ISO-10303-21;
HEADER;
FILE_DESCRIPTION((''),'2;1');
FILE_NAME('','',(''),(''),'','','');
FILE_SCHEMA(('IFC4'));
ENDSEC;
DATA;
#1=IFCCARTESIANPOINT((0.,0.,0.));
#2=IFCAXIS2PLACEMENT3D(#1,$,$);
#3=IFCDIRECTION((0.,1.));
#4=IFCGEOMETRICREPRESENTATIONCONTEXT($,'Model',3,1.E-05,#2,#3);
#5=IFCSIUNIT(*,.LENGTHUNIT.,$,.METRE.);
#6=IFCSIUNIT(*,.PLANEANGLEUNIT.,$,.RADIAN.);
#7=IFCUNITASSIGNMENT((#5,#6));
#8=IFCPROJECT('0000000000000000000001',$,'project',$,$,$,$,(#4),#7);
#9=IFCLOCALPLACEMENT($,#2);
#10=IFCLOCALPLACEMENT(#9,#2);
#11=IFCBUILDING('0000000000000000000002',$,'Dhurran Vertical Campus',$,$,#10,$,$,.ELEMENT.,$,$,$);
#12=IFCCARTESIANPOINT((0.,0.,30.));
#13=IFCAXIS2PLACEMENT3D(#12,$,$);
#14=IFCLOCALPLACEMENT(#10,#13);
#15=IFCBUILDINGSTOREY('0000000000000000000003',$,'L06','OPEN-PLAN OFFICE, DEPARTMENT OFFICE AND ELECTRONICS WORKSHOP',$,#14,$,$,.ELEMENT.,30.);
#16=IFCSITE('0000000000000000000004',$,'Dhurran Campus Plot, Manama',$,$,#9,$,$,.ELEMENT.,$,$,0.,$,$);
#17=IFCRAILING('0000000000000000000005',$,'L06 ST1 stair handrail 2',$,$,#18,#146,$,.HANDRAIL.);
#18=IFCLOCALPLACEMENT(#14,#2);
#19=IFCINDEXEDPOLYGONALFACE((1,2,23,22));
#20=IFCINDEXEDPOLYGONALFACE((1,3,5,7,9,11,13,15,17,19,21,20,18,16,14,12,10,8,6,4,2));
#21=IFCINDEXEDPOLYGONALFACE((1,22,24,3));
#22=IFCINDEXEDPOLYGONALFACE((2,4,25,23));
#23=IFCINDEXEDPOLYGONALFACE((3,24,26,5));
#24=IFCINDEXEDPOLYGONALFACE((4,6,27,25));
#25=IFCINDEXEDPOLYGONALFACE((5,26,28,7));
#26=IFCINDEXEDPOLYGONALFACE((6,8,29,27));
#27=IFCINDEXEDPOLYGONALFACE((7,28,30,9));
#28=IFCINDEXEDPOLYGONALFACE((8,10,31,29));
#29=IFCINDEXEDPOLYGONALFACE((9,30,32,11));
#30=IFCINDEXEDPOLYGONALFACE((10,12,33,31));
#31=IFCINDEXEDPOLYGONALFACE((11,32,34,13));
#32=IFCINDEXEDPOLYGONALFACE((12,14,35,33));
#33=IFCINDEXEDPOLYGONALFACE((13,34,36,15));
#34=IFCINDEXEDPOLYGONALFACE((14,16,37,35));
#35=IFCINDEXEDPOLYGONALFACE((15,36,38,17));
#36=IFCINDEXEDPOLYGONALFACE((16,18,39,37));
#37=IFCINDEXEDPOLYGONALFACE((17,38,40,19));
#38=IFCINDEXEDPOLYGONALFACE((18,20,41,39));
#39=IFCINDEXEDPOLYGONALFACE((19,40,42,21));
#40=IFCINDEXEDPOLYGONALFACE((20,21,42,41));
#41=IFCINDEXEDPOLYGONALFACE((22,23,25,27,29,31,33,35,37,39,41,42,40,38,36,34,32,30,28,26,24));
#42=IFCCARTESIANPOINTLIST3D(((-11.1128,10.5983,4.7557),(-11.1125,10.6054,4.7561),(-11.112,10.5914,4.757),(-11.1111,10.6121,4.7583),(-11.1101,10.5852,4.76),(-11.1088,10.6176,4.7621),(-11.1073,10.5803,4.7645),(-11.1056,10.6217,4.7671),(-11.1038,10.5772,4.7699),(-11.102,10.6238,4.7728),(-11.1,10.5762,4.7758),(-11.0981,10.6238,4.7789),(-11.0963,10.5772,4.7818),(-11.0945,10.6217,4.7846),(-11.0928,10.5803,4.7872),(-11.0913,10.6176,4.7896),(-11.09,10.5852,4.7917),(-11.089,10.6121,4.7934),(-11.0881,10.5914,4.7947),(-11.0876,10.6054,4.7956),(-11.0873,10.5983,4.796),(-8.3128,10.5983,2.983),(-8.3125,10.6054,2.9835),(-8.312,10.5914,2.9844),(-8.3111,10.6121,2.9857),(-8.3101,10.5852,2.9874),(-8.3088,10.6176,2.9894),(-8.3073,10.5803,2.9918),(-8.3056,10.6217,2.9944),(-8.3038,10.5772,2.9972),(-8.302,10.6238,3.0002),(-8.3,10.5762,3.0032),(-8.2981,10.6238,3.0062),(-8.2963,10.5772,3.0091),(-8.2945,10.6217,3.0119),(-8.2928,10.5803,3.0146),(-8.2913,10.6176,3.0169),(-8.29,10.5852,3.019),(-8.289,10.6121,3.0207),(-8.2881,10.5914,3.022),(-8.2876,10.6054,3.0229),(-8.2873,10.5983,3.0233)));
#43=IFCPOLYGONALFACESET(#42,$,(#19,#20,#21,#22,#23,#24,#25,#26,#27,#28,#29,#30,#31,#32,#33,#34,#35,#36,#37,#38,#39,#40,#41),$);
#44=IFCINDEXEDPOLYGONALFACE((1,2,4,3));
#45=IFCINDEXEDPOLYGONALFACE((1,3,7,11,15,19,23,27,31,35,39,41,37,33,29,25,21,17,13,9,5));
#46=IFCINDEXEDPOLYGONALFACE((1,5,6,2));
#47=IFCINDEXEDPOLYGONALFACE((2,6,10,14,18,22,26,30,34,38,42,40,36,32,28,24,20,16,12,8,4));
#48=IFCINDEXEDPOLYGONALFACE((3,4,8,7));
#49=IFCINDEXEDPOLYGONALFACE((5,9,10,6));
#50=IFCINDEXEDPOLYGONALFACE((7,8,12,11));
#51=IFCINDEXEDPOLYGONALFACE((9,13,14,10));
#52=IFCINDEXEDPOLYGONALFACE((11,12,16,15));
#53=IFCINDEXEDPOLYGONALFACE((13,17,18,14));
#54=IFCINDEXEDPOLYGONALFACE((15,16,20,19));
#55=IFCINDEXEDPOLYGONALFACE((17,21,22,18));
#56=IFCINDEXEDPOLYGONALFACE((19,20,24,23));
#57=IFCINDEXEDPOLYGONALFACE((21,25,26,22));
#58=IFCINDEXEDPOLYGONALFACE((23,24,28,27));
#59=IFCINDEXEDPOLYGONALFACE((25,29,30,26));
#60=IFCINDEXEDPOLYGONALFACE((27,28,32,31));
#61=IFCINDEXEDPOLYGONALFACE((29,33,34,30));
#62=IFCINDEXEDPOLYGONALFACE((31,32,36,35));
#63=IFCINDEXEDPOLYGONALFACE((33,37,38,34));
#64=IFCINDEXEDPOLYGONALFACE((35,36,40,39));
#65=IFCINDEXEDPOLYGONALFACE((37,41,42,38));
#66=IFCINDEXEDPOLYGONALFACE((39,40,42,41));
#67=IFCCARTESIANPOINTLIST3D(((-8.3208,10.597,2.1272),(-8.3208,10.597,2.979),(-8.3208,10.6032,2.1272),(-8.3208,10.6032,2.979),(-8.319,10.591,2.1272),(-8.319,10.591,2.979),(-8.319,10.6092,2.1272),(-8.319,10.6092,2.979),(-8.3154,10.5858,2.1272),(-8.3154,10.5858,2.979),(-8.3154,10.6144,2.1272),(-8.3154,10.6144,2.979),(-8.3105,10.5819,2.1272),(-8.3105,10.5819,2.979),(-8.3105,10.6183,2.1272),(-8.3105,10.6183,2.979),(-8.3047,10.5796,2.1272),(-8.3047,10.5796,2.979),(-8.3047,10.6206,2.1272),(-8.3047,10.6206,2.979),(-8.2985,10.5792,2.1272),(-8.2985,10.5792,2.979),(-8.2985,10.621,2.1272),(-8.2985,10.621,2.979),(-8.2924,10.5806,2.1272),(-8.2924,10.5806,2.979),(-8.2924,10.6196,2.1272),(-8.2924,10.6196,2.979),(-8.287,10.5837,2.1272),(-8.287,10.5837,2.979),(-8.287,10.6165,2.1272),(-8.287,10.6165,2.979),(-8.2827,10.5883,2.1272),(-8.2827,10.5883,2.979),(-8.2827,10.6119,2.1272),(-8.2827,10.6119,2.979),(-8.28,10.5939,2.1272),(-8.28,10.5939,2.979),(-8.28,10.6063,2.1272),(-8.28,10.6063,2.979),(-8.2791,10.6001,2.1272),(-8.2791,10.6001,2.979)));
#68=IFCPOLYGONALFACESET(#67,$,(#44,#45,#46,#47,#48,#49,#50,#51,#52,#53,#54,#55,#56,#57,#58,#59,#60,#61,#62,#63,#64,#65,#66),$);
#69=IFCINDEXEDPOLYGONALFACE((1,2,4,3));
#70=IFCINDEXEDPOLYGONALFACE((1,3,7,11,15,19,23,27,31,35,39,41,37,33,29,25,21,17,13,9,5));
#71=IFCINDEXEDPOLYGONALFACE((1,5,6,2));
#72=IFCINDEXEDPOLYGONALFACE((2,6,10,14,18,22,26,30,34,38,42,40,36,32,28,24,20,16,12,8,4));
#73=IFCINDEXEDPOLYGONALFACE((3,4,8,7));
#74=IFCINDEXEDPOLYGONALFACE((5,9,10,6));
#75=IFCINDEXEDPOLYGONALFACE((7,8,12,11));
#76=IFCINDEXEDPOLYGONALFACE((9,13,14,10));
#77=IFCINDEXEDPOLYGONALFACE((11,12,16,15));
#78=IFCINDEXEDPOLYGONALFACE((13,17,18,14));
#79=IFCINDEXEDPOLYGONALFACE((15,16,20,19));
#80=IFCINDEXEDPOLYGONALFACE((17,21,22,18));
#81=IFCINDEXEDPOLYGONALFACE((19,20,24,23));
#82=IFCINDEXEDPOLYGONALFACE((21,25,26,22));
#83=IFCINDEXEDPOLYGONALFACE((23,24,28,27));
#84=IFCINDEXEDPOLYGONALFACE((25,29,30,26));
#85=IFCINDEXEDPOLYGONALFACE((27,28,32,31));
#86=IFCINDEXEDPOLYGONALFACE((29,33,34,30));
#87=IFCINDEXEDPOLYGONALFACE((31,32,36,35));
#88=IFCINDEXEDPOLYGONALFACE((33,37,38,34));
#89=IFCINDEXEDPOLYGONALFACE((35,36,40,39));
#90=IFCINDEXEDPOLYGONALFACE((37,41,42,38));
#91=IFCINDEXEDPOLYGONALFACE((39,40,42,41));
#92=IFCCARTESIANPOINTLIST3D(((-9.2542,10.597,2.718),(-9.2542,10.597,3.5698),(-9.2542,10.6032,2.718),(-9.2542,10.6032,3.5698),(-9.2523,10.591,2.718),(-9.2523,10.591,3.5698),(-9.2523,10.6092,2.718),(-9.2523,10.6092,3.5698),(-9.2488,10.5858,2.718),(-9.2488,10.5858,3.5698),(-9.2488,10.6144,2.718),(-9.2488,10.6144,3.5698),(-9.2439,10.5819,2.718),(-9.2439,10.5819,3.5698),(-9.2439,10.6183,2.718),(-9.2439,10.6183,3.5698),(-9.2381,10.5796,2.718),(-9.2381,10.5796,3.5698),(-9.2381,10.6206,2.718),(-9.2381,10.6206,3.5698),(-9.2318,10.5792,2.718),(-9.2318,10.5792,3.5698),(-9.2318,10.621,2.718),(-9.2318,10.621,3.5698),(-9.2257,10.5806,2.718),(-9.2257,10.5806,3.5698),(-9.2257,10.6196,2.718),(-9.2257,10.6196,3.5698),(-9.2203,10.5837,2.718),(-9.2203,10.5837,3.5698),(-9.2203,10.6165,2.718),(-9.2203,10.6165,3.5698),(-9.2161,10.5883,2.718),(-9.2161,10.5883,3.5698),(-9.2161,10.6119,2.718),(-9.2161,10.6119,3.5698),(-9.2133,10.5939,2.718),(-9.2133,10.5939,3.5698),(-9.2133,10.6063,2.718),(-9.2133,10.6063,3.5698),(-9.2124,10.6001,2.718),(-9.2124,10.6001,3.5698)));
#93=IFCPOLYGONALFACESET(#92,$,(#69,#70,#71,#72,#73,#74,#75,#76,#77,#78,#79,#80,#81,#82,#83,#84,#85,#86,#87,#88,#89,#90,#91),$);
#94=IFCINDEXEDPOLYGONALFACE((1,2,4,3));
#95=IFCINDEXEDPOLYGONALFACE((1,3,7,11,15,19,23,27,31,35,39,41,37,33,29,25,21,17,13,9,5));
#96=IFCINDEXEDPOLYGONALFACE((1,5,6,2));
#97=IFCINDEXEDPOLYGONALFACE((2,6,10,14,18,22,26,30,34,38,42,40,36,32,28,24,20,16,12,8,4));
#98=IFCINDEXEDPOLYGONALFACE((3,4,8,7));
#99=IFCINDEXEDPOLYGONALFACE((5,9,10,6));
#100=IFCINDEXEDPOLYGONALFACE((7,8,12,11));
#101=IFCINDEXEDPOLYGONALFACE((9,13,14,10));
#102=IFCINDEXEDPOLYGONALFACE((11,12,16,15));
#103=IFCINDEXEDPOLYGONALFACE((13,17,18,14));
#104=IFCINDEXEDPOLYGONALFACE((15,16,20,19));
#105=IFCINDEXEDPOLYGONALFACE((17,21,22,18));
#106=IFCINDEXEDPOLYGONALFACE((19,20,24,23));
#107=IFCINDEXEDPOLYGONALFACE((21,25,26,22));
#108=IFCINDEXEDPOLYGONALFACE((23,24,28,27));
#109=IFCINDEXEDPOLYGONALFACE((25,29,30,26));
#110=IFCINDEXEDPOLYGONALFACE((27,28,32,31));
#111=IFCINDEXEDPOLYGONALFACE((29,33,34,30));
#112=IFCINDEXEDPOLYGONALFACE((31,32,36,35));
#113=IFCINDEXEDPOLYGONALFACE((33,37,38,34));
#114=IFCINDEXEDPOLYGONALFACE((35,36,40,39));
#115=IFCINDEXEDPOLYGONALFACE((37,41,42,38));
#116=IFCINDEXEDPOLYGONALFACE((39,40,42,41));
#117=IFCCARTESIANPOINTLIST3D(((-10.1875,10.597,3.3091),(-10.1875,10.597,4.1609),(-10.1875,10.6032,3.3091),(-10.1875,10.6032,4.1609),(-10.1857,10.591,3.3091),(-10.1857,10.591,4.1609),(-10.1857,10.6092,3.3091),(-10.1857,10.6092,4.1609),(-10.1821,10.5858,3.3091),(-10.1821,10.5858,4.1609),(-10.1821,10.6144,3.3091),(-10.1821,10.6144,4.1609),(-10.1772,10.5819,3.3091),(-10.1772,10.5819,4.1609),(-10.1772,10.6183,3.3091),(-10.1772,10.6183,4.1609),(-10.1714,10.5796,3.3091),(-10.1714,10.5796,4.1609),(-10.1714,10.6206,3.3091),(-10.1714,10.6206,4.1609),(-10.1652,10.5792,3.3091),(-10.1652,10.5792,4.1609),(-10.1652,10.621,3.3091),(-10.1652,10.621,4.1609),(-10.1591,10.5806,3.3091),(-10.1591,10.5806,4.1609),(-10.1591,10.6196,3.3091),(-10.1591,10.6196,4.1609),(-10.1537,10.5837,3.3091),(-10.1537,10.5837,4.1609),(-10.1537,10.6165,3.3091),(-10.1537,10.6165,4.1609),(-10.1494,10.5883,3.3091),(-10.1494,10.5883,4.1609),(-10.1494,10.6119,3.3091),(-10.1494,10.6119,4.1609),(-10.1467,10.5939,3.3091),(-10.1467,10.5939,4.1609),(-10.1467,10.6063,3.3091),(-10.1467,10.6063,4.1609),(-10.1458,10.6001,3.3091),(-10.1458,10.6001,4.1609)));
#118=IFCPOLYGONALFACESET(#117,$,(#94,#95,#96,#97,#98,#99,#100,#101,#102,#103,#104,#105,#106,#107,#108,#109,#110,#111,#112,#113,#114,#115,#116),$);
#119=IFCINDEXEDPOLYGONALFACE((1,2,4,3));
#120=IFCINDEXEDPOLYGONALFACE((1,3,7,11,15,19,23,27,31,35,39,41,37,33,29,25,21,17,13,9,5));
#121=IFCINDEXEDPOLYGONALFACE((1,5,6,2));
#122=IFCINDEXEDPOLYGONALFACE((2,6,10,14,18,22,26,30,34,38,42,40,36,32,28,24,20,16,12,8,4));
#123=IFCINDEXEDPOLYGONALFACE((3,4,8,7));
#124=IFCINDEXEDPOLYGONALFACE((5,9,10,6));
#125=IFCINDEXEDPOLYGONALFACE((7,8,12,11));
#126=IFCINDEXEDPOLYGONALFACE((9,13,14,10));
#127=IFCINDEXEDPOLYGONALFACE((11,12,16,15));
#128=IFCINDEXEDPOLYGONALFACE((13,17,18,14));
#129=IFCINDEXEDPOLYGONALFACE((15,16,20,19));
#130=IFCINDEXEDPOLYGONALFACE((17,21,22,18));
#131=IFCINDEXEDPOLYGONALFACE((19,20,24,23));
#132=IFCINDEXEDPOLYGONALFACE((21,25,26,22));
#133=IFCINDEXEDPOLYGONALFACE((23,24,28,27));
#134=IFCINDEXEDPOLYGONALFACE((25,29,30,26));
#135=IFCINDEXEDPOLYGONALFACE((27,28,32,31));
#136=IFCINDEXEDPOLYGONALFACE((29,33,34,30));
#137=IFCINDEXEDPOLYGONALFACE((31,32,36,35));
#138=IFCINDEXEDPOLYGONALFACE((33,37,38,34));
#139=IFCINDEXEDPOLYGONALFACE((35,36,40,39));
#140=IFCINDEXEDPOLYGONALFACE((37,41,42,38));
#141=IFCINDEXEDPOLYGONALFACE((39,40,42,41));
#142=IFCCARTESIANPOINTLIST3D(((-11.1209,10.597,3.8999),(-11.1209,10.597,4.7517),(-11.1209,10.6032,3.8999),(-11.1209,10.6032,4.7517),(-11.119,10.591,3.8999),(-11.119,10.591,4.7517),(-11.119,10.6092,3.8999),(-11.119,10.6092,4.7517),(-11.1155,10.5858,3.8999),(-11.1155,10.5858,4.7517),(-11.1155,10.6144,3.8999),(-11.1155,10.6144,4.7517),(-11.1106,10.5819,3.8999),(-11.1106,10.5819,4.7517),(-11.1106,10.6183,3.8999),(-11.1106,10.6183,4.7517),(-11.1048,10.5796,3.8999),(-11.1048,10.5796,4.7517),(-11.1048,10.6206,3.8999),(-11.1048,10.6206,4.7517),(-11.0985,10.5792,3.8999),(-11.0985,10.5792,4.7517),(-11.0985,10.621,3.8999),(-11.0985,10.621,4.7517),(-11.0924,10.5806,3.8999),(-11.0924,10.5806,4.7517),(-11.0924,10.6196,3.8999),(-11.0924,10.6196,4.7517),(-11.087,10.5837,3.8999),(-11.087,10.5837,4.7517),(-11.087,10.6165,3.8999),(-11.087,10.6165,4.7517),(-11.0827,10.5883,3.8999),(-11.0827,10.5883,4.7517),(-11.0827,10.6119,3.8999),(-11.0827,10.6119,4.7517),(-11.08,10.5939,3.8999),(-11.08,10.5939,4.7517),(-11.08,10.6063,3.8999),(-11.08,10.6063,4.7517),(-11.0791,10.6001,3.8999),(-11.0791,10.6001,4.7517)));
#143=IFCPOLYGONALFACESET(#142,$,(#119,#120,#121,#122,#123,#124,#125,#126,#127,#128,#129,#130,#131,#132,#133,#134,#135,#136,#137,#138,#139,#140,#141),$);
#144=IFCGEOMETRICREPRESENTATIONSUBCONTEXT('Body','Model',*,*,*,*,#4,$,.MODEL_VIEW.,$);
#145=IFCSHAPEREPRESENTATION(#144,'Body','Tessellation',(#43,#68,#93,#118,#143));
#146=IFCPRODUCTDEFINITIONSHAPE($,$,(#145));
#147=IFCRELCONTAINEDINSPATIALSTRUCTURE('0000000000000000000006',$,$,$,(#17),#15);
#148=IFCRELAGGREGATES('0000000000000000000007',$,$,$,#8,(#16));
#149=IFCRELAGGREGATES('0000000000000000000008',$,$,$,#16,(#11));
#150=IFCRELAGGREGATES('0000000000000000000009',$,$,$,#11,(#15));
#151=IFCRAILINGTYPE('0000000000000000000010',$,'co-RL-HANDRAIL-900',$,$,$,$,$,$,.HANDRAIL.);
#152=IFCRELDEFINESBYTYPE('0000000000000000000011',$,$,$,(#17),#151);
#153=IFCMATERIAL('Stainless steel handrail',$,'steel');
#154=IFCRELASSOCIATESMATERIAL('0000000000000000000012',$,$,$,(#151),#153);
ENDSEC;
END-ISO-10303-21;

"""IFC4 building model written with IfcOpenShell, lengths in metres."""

from ifc_helpers import new_model, si_unit, direction, frame, origin, origin_2d, place, context, subcontext, project, spatial, circle, extrude, material, type_object, element, save


model = new_model("IFC4")

# Units and contexts
model_context = context("Model", 3, precision=1e-05, world=origin(), true_north=direction((0.0, 1.0)))
body_context = subcontext(model_context, "Body", "Model", "MODEL_VIEW")
ifc_project = project(units=[si_unit("LENGTHUNIT", "METRE"), si_unit("PLANEANGLEUNIT", "RADIAN")], contexts=[model_context])

# Site, building, storey
site_placement = place(None, origin())
site = spatial("IfcSite", under=ifc_project, at=site_placement, Name="Dhurran Campus Plot, Manama", CompositionType="ELEMENT", RefElevation=0.0)
building_placement = place(site_placement, origin())
building = spatial("IfcBuilding", under=site, at=building_placement, Name="Dhurran Vertical Campus", CompositionType="ELEMENT")
storey_placement = place(building_placement, frame((0.0, 0.0, 30.0)))
storey = spatial("IfcBuildingStorey", under=building, at=storey_placement, Name="L06", Description="OPEN-PLAN OFFICE, DEPARTMENT OFFICE AND ELECTRONICS WORKSHOP", CompositionType="ELEMENT", Elevation=30.0)

# Railing
ifc_material_1 = material(Name="Stainless steel handrail", Category="steel")
railing_type_1 = type_object("IfcRailingType", Name="co-RL-HANDRAIL-900", PredefinedType="HANDRAIL", material=ifc_material_1)
railing_1_placement = place(storey_placement, frame((-8.3, 10.6001, 2.1272)))
element("IfcRailing", 1, at=railing_1_placement, inside=storey, type_object=railing_type_1, Name="L06 ST1 stair handrail 2", PredefinedType="HANDRAIL", context=body_context, shape_type="SweptSolid", body=[
    extrude(circle(Radius=0.0239, at=origin_2d()), frame((0.0, 0.0, 0.876), z_axis=(-0.844909, 0.0, 0.53491), x_axis=(0.0, -1.0, 0.0)), (0.0, 0.0, 1.0), 3.314),
    extrude(circle(Radius=0.021, at=origin_2d()), origin(), (0.0, 0.0, 1.0), 0.8518),
    extrude(circle(Radius=0.021, at=origin_2d()), frame((-0.9333, 0.0, 0.5908)), (0.0, 0.0, 1.0), 0.8518),
    extrude(circle(Radius=0.021, at=origin_2d()), frame((-1.8667, 0.0, 1.1819)), (0.0, 0.0, 1.0), 0.8518),
    extrude(circle(Radius=0.021, at=origin_2d()), frame((-2.8, 0.0, 1.7727)), (0.0, 0.0, 1.0), 0.8518),
])

save(model, "model.ifc")
